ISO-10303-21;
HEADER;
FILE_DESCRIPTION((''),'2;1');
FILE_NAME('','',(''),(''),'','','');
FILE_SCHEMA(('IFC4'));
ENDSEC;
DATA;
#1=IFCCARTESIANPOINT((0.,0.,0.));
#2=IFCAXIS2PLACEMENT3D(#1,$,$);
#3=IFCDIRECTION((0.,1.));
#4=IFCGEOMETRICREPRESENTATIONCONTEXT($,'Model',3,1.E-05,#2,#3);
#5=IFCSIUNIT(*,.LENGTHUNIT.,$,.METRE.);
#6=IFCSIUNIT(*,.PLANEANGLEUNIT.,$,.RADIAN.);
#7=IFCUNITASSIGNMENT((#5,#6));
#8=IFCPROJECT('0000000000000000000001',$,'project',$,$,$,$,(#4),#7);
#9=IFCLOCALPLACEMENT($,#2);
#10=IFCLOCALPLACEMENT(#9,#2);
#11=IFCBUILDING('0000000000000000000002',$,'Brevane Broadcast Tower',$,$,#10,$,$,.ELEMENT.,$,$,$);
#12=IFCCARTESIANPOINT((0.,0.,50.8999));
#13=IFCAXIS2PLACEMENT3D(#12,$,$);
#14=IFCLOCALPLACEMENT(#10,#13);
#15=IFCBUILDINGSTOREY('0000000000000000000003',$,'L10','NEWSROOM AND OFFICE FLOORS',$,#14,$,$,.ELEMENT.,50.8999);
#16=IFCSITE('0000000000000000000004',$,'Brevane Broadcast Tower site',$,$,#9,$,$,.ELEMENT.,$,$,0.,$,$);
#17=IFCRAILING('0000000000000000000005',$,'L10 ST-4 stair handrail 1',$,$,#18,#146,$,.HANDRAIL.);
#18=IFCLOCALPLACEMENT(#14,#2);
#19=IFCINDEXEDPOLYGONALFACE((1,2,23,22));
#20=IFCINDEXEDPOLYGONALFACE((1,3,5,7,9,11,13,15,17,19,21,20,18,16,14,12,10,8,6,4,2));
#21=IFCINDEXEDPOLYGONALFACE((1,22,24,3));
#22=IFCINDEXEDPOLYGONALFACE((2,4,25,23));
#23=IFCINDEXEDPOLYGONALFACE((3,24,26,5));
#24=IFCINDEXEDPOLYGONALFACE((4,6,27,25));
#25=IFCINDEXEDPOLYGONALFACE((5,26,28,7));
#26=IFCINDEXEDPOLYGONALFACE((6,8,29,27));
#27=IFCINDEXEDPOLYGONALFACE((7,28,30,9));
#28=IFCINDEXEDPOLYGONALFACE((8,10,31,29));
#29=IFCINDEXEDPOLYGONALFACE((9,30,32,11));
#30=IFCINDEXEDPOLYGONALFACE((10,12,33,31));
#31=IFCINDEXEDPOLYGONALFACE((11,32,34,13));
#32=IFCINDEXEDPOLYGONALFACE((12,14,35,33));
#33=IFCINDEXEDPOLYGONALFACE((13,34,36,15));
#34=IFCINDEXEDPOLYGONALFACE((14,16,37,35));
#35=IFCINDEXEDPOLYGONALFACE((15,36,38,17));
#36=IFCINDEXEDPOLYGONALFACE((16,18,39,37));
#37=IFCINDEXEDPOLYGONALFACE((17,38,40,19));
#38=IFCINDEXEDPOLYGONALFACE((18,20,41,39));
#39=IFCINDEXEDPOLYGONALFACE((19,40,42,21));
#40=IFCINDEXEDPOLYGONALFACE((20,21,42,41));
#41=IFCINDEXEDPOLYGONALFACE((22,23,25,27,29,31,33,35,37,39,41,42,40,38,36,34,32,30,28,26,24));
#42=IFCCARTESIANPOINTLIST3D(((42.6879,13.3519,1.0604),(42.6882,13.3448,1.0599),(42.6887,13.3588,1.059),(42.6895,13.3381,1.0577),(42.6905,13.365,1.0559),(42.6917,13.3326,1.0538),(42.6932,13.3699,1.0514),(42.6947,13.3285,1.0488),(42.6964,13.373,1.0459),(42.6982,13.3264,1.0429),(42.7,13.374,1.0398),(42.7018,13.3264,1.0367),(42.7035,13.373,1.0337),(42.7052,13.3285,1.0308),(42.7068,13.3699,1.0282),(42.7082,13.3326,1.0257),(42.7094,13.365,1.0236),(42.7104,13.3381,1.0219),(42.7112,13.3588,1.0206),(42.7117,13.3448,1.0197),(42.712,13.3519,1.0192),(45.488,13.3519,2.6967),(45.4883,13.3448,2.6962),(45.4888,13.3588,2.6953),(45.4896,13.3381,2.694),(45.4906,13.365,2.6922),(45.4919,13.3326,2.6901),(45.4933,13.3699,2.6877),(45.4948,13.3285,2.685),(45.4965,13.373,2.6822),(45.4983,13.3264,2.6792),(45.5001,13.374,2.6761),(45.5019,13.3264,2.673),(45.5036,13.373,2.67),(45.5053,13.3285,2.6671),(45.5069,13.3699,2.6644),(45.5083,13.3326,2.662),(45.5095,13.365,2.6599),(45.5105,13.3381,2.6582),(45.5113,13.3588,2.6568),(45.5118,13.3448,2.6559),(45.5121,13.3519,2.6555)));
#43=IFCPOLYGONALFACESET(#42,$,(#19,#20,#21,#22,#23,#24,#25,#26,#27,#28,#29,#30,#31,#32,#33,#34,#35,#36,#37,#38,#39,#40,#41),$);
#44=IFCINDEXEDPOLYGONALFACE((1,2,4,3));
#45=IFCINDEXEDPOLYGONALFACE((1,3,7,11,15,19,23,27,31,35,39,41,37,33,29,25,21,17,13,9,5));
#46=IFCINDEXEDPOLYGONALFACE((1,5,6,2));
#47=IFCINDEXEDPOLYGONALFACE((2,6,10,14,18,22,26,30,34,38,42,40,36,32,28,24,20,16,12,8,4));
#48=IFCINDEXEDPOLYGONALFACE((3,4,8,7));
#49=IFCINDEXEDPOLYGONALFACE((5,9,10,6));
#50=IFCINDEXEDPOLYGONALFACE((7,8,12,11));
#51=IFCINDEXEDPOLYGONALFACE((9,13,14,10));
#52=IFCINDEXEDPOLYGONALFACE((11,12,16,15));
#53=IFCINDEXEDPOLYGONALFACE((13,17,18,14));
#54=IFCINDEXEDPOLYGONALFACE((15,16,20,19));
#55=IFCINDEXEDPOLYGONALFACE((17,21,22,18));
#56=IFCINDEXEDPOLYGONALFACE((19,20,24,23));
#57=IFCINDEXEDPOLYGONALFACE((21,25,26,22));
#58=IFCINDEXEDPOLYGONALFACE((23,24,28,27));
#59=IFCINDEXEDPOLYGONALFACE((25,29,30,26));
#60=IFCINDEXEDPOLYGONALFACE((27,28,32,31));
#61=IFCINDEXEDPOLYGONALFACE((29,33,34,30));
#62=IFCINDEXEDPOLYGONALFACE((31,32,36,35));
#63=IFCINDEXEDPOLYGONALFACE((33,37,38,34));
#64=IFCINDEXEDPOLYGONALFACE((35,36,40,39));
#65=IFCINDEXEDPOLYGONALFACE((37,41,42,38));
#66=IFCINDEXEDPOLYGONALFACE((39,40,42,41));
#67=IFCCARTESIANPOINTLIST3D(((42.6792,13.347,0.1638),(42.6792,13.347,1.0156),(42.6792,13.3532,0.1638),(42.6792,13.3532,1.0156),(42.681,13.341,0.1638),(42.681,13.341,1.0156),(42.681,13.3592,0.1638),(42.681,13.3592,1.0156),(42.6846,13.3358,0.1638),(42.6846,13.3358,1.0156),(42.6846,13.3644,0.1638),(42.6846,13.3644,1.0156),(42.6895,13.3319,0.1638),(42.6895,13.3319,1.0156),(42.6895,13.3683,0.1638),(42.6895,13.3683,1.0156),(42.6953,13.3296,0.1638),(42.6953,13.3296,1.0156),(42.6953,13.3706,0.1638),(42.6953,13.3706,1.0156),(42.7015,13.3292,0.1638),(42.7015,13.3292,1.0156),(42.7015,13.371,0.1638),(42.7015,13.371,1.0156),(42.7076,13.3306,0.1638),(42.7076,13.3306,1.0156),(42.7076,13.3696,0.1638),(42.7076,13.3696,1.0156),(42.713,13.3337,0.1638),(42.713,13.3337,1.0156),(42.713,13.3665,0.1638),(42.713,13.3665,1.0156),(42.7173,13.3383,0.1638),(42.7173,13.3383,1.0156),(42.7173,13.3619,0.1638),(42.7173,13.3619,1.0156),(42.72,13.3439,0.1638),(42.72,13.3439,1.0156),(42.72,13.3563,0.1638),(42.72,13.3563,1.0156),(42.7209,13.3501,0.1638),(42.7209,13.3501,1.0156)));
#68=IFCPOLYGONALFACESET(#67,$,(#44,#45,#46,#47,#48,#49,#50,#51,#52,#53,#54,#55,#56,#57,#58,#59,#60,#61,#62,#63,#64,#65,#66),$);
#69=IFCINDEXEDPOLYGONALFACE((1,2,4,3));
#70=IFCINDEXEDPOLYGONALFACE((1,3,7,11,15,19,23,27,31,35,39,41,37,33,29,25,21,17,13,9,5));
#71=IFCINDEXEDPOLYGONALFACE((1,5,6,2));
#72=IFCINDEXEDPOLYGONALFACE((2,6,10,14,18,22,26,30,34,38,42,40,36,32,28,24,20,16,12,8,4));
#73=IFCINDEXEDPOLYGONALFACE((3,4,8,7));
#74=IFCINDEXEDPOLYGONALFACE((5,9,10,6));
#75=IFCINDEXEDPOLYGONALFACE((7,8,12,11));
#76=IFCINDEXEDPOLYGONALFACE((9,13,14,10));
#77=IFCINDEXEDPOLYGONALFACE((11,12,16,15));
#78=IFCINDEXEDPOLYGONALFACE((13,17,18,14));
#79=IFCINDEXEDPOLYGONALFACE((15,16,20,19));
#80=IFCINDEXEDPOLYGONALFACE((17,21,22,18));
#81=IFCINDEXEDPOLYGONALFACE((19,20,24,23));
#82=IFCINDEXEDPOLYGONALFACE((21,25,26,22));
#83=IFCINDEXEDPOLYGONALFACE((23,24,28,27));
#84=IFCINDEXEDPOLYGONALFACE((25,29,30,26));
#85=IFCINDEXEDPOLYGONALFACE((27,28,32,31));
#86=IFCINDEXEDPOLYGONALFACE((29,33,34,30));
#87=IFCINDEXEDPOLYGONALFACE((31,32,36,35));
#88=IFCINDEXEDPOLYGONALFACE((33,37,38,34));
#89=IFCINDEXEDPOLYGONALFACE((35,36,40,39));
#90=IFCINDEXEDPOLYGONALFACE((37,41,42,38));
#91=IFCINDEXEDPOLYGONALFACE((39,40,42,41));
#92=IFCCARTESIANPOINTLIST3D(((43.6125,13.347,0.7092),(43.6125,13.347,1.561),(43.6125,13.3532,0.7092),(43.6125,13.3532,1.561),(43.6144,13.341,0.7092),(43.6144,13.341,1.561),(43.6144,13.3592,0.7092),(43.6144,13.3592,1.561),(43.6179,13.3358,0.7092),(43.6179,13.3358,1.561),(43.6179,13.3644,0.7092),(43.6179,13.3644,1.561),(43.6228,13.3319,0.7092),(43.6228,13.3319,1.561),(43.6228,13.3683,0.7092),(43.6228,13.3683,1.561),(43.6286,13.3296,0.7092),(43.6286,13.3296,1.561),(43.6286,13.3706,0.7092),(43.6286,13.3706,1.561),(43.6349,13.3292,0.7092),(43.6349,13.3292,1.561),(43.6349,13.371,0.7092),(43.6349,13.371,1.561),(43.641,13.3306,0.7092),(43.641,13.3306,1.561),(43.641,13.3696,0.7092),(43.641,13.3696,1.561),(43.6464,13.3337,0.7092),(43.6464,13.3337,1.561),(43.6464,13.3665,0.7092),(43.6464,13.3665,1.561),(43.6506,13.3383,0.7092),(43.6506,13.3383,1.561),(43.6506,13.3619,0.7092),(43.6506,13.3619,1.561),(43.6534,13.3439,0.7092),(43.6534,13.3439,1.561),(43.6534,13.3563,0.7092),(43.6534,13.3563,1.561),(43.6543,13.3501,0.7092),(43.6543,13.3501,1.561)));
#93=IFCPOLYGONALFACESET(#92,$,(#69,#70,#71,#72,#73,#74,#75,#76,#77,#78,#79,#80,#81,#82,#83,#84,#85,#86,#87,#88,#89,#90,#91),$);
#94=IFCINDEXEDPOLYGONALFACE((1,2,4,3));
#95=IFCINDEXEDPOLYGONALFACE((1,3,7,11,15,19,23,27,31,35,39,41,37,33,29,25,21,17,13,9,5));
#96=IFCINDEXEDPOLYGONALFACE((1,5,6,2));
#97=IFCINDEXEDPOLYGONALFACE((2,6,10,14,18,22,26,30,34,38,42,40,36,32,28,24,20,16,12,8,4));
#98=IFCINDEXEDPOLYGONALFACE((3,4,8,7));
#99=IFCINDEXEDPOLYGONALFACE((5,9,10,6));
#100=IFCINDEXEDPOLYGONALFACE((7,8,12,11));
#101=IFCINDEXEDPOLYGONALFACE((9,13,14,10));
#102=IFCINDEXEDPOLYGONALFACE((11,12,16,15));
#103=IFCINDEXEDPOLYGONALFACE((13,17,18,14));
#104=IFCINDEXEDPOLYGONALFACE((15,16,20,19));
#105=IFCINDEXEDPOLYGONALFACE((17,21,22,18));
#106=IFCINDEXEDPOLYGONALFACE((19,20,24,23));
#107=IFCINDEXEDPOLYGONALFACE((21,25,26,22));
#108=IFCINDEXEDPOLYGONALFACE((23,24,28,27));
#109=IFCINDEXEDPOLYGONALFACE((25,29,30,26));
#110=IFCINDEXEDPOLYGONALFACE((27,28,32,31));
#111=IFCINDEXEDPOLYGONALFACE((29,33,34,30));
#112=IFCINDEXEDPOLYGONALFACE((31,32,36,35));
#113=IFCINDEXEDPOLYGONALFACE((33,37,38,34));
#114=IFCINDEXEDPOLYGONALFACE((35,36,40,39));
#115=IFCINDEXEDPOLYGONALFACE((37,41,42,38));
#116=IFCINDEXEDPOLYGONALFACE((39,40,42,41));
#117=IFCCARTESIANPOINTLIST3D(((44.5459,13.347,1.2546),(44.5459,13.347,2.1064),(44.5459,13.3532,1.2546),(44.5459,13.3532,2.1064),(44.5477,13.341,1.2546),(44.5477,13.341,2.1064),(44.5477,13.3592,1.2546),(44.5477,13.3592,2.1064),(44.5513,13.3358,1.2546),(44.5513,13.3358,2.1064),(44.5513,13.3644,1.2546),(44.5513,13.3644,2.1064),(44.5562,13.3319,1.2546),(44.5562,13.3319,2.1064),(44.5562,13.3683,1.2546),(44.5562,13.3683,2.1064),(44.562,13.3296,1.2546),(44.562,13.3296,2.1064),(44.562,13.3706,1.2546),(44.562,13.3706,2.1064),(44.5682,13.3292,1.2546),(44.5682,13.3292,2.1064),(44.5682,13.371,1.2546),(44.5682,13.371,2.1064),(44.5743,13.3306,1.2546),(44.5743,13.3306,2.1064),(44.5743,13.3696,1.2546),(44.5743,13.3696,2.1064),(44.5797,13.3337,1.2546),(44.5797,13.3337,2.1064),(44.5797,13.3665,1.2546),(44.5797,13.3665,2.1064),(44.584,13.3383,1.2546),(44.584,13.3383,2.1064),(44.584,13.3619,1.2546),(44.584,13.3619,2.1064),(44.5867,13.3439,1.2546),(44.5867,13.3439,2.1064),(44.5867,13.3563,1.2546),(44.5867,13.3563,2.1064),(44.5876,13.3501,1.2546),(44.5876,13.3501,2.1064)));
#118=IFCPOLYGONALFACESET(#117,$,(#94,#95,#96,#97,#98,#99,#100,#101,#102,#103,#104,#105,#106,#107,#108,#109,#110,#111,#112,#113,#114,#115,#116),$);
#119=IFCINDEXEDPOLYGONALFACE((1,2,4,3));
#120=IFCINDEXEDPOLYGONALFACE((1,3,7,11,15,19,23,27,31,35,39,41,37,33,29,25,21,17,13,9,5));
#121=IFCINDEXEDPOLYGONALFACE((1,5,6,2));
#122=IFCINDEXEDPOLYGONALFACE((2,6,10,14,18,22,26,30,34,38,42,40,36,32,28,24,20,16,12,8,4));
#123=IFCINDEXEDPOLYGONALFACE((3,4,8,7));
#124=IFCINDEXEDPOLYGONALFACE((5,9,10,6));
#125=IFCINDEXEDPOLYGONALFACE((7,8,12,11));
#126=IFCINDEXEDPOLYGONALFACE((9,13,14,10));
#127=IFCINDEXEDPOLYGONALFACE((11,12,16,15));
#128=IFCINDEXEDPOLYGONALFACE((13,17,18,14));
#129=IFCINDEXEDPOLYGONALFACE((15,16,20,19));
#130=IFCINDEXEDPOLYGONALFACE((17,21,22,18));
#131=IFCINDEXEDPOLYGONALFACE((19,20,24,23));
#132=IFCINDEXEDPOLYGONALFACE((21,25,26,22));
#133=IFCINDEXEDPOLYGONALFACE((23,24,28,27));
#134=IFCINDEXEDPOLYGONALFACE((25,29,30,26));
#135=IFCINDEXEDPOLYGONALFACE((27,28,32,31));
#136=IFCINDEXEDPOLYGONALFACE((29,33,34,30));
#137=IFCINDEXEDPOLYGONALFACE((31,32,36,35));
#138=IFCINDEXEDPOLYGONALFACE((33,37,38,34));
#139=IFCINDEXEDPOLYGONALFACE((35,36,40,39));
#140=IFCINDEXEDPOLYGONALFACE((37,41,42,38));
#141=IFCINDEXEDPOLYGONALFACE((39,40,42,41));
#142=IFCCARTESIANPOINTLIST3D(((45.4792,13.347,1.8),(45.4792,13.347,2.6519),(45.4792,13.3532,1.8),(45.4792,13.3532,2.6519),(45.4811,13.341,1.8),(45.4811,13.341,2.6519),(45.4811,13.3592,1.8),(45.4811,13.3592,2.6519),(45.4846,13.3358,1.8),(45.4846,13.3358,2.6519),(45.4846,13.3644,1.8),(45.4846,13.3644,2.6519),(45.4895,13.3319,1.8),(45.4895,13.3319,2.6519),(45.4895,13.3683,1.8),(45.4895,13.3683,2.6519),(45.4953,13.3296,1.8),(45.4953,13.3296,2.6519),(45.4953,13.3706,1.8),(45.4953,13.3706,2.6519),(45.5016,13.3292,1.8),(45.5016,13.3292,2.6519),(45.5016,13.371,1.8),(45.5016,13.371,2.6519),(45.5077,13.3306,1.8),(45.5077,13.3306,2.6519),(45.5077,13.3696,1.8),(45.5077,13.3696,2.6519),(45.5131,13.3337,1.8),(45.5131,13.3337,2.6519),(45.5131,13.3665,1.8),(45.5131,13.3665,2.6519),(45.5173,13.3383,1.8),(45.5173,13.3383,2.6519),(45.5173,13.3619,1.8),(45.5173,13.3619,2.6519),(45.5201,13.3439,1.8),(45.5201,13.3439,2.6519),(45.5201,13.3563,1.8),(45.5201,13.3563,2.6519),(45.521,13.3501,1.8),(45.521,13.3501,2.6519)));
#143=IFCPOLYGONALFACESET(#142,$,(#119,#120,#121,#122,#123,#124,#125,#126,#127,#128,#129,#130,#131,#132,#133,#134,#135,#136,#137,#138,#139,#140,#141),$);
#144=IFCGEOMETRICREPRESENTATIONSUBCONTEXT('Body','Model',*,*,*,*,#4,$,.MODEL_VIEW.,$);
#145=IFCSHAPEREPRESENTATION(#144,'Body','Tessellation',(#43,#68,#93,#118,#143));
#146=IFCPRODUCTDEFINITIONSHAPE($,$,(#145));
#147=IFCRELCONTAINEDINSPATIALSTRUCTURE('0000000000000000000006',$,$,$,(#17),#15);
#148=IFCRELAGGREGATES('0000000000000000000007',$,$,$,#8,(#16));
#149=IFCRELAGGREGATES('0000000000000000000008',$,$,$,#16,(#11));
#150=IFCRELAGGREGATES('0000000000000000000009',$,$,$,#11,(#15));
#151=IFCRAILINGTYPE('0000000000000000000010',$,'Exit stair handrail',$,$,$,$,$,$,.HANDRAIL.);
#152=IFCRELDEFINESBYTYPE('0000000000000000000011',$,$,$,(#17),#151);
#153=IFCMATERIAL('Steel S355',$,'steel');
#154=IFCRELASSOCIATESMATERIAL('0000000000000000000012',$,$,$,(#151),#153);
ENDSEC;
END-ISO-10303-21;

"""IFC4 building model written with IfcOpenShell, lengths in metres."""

from ifc_helpers import new_model, si_unit, direction, frame, origin, origin_2d, place, context, subcontext, project, spatial, circle, extrude, material, type_object, element, save


model = new_model("IFC4")

# Units and contexts
model_context = context("Model", 3, precision=1e-05, world=origin(), true_north=direction((0.0, 1.0)))
body_context = subcontext(model_context, "Body", "Model", "MODEL_VIEW")
ifc_project = project(units=[si_unit("LENGTHUNIT", "METRE"), si_unit("PLANEANGLEUNIT", "RADIAN")], contexts=[model_context])

# Site, building, storey
site_placement = place(None, origin())
site = spatial("IfcSite", under=ifc_project, at=site_placement, Name="Brevane Broadcast Tower site", CompositionType="ELEMENT", RefElevation=0.0)
building_placement = place(site_placement, origin())
building = spatial("IfcBuilding", under=site, at=building_placement, Name="Brevane Broadcast Tower", CompositionType="ELEMENT")
storey_placement = place(building_placement, frame((0.0, 0.0, 50.8999)))
storey = spatial("IfcBuildingStorey", under=building, at=storey_placement, Name="L10", Description="NEWSROOM AND OFFICE FLOORS", CompositionType="ELEMENT", Elevation=50.8999)

# Railing
ifc_material_1 = material(Name="Steel S355", Category="steel")
railing_type_1 = type_object("IfcRailingType", Name="Exit stair handrail", PredefinedType="HANDRAIL", material=ifc_material_1)
railing_1_placement = place(storey_placement, frame((42.7, 13.3501, 0.1638)))
element("IfcRailing", 1, at=railing_1_placement, inside=storey, type_object=railing_type_1, Name="L10 ST-4 stair handrail 1", PredefinedType="HANDRAIL", context=body_context, shape_type="SweptSolid", body=[
    extrude(circle(Radius=0.0239, at=origin_2d()), frame((0.0, 0.0, 0.876), z_axis=(0.863394, 0.0, 0.504531), x_axis=(0.0, 1.0, 0.0)), (0.0, 0.0, 1.0), 3.2432),
    extrude(circle(Radius=0.021, at=origin_2d()), origin(), (0.0, 0.0, 1.0), 0.8518),
    extrude(circle(Radius=0.021, at=origin_2d()), frame((0.9333, 0.0, 0.5454)), (0.0, 0.0, 1.0), 0.8518),
    extrude(circle(Radius=0.021, at=origin_2d()), frame((1.8667, 0.0, 1.0908)), (0.0, 0.0, 1.0), 0.8518),
    extrude(circle(Radius=0.021, at=origin_2d()), frame((2.8, 0.0, 1.6362)), (0.0, 0.0, 1.0), 0.8518),
])

save(model, "model.ifc")
